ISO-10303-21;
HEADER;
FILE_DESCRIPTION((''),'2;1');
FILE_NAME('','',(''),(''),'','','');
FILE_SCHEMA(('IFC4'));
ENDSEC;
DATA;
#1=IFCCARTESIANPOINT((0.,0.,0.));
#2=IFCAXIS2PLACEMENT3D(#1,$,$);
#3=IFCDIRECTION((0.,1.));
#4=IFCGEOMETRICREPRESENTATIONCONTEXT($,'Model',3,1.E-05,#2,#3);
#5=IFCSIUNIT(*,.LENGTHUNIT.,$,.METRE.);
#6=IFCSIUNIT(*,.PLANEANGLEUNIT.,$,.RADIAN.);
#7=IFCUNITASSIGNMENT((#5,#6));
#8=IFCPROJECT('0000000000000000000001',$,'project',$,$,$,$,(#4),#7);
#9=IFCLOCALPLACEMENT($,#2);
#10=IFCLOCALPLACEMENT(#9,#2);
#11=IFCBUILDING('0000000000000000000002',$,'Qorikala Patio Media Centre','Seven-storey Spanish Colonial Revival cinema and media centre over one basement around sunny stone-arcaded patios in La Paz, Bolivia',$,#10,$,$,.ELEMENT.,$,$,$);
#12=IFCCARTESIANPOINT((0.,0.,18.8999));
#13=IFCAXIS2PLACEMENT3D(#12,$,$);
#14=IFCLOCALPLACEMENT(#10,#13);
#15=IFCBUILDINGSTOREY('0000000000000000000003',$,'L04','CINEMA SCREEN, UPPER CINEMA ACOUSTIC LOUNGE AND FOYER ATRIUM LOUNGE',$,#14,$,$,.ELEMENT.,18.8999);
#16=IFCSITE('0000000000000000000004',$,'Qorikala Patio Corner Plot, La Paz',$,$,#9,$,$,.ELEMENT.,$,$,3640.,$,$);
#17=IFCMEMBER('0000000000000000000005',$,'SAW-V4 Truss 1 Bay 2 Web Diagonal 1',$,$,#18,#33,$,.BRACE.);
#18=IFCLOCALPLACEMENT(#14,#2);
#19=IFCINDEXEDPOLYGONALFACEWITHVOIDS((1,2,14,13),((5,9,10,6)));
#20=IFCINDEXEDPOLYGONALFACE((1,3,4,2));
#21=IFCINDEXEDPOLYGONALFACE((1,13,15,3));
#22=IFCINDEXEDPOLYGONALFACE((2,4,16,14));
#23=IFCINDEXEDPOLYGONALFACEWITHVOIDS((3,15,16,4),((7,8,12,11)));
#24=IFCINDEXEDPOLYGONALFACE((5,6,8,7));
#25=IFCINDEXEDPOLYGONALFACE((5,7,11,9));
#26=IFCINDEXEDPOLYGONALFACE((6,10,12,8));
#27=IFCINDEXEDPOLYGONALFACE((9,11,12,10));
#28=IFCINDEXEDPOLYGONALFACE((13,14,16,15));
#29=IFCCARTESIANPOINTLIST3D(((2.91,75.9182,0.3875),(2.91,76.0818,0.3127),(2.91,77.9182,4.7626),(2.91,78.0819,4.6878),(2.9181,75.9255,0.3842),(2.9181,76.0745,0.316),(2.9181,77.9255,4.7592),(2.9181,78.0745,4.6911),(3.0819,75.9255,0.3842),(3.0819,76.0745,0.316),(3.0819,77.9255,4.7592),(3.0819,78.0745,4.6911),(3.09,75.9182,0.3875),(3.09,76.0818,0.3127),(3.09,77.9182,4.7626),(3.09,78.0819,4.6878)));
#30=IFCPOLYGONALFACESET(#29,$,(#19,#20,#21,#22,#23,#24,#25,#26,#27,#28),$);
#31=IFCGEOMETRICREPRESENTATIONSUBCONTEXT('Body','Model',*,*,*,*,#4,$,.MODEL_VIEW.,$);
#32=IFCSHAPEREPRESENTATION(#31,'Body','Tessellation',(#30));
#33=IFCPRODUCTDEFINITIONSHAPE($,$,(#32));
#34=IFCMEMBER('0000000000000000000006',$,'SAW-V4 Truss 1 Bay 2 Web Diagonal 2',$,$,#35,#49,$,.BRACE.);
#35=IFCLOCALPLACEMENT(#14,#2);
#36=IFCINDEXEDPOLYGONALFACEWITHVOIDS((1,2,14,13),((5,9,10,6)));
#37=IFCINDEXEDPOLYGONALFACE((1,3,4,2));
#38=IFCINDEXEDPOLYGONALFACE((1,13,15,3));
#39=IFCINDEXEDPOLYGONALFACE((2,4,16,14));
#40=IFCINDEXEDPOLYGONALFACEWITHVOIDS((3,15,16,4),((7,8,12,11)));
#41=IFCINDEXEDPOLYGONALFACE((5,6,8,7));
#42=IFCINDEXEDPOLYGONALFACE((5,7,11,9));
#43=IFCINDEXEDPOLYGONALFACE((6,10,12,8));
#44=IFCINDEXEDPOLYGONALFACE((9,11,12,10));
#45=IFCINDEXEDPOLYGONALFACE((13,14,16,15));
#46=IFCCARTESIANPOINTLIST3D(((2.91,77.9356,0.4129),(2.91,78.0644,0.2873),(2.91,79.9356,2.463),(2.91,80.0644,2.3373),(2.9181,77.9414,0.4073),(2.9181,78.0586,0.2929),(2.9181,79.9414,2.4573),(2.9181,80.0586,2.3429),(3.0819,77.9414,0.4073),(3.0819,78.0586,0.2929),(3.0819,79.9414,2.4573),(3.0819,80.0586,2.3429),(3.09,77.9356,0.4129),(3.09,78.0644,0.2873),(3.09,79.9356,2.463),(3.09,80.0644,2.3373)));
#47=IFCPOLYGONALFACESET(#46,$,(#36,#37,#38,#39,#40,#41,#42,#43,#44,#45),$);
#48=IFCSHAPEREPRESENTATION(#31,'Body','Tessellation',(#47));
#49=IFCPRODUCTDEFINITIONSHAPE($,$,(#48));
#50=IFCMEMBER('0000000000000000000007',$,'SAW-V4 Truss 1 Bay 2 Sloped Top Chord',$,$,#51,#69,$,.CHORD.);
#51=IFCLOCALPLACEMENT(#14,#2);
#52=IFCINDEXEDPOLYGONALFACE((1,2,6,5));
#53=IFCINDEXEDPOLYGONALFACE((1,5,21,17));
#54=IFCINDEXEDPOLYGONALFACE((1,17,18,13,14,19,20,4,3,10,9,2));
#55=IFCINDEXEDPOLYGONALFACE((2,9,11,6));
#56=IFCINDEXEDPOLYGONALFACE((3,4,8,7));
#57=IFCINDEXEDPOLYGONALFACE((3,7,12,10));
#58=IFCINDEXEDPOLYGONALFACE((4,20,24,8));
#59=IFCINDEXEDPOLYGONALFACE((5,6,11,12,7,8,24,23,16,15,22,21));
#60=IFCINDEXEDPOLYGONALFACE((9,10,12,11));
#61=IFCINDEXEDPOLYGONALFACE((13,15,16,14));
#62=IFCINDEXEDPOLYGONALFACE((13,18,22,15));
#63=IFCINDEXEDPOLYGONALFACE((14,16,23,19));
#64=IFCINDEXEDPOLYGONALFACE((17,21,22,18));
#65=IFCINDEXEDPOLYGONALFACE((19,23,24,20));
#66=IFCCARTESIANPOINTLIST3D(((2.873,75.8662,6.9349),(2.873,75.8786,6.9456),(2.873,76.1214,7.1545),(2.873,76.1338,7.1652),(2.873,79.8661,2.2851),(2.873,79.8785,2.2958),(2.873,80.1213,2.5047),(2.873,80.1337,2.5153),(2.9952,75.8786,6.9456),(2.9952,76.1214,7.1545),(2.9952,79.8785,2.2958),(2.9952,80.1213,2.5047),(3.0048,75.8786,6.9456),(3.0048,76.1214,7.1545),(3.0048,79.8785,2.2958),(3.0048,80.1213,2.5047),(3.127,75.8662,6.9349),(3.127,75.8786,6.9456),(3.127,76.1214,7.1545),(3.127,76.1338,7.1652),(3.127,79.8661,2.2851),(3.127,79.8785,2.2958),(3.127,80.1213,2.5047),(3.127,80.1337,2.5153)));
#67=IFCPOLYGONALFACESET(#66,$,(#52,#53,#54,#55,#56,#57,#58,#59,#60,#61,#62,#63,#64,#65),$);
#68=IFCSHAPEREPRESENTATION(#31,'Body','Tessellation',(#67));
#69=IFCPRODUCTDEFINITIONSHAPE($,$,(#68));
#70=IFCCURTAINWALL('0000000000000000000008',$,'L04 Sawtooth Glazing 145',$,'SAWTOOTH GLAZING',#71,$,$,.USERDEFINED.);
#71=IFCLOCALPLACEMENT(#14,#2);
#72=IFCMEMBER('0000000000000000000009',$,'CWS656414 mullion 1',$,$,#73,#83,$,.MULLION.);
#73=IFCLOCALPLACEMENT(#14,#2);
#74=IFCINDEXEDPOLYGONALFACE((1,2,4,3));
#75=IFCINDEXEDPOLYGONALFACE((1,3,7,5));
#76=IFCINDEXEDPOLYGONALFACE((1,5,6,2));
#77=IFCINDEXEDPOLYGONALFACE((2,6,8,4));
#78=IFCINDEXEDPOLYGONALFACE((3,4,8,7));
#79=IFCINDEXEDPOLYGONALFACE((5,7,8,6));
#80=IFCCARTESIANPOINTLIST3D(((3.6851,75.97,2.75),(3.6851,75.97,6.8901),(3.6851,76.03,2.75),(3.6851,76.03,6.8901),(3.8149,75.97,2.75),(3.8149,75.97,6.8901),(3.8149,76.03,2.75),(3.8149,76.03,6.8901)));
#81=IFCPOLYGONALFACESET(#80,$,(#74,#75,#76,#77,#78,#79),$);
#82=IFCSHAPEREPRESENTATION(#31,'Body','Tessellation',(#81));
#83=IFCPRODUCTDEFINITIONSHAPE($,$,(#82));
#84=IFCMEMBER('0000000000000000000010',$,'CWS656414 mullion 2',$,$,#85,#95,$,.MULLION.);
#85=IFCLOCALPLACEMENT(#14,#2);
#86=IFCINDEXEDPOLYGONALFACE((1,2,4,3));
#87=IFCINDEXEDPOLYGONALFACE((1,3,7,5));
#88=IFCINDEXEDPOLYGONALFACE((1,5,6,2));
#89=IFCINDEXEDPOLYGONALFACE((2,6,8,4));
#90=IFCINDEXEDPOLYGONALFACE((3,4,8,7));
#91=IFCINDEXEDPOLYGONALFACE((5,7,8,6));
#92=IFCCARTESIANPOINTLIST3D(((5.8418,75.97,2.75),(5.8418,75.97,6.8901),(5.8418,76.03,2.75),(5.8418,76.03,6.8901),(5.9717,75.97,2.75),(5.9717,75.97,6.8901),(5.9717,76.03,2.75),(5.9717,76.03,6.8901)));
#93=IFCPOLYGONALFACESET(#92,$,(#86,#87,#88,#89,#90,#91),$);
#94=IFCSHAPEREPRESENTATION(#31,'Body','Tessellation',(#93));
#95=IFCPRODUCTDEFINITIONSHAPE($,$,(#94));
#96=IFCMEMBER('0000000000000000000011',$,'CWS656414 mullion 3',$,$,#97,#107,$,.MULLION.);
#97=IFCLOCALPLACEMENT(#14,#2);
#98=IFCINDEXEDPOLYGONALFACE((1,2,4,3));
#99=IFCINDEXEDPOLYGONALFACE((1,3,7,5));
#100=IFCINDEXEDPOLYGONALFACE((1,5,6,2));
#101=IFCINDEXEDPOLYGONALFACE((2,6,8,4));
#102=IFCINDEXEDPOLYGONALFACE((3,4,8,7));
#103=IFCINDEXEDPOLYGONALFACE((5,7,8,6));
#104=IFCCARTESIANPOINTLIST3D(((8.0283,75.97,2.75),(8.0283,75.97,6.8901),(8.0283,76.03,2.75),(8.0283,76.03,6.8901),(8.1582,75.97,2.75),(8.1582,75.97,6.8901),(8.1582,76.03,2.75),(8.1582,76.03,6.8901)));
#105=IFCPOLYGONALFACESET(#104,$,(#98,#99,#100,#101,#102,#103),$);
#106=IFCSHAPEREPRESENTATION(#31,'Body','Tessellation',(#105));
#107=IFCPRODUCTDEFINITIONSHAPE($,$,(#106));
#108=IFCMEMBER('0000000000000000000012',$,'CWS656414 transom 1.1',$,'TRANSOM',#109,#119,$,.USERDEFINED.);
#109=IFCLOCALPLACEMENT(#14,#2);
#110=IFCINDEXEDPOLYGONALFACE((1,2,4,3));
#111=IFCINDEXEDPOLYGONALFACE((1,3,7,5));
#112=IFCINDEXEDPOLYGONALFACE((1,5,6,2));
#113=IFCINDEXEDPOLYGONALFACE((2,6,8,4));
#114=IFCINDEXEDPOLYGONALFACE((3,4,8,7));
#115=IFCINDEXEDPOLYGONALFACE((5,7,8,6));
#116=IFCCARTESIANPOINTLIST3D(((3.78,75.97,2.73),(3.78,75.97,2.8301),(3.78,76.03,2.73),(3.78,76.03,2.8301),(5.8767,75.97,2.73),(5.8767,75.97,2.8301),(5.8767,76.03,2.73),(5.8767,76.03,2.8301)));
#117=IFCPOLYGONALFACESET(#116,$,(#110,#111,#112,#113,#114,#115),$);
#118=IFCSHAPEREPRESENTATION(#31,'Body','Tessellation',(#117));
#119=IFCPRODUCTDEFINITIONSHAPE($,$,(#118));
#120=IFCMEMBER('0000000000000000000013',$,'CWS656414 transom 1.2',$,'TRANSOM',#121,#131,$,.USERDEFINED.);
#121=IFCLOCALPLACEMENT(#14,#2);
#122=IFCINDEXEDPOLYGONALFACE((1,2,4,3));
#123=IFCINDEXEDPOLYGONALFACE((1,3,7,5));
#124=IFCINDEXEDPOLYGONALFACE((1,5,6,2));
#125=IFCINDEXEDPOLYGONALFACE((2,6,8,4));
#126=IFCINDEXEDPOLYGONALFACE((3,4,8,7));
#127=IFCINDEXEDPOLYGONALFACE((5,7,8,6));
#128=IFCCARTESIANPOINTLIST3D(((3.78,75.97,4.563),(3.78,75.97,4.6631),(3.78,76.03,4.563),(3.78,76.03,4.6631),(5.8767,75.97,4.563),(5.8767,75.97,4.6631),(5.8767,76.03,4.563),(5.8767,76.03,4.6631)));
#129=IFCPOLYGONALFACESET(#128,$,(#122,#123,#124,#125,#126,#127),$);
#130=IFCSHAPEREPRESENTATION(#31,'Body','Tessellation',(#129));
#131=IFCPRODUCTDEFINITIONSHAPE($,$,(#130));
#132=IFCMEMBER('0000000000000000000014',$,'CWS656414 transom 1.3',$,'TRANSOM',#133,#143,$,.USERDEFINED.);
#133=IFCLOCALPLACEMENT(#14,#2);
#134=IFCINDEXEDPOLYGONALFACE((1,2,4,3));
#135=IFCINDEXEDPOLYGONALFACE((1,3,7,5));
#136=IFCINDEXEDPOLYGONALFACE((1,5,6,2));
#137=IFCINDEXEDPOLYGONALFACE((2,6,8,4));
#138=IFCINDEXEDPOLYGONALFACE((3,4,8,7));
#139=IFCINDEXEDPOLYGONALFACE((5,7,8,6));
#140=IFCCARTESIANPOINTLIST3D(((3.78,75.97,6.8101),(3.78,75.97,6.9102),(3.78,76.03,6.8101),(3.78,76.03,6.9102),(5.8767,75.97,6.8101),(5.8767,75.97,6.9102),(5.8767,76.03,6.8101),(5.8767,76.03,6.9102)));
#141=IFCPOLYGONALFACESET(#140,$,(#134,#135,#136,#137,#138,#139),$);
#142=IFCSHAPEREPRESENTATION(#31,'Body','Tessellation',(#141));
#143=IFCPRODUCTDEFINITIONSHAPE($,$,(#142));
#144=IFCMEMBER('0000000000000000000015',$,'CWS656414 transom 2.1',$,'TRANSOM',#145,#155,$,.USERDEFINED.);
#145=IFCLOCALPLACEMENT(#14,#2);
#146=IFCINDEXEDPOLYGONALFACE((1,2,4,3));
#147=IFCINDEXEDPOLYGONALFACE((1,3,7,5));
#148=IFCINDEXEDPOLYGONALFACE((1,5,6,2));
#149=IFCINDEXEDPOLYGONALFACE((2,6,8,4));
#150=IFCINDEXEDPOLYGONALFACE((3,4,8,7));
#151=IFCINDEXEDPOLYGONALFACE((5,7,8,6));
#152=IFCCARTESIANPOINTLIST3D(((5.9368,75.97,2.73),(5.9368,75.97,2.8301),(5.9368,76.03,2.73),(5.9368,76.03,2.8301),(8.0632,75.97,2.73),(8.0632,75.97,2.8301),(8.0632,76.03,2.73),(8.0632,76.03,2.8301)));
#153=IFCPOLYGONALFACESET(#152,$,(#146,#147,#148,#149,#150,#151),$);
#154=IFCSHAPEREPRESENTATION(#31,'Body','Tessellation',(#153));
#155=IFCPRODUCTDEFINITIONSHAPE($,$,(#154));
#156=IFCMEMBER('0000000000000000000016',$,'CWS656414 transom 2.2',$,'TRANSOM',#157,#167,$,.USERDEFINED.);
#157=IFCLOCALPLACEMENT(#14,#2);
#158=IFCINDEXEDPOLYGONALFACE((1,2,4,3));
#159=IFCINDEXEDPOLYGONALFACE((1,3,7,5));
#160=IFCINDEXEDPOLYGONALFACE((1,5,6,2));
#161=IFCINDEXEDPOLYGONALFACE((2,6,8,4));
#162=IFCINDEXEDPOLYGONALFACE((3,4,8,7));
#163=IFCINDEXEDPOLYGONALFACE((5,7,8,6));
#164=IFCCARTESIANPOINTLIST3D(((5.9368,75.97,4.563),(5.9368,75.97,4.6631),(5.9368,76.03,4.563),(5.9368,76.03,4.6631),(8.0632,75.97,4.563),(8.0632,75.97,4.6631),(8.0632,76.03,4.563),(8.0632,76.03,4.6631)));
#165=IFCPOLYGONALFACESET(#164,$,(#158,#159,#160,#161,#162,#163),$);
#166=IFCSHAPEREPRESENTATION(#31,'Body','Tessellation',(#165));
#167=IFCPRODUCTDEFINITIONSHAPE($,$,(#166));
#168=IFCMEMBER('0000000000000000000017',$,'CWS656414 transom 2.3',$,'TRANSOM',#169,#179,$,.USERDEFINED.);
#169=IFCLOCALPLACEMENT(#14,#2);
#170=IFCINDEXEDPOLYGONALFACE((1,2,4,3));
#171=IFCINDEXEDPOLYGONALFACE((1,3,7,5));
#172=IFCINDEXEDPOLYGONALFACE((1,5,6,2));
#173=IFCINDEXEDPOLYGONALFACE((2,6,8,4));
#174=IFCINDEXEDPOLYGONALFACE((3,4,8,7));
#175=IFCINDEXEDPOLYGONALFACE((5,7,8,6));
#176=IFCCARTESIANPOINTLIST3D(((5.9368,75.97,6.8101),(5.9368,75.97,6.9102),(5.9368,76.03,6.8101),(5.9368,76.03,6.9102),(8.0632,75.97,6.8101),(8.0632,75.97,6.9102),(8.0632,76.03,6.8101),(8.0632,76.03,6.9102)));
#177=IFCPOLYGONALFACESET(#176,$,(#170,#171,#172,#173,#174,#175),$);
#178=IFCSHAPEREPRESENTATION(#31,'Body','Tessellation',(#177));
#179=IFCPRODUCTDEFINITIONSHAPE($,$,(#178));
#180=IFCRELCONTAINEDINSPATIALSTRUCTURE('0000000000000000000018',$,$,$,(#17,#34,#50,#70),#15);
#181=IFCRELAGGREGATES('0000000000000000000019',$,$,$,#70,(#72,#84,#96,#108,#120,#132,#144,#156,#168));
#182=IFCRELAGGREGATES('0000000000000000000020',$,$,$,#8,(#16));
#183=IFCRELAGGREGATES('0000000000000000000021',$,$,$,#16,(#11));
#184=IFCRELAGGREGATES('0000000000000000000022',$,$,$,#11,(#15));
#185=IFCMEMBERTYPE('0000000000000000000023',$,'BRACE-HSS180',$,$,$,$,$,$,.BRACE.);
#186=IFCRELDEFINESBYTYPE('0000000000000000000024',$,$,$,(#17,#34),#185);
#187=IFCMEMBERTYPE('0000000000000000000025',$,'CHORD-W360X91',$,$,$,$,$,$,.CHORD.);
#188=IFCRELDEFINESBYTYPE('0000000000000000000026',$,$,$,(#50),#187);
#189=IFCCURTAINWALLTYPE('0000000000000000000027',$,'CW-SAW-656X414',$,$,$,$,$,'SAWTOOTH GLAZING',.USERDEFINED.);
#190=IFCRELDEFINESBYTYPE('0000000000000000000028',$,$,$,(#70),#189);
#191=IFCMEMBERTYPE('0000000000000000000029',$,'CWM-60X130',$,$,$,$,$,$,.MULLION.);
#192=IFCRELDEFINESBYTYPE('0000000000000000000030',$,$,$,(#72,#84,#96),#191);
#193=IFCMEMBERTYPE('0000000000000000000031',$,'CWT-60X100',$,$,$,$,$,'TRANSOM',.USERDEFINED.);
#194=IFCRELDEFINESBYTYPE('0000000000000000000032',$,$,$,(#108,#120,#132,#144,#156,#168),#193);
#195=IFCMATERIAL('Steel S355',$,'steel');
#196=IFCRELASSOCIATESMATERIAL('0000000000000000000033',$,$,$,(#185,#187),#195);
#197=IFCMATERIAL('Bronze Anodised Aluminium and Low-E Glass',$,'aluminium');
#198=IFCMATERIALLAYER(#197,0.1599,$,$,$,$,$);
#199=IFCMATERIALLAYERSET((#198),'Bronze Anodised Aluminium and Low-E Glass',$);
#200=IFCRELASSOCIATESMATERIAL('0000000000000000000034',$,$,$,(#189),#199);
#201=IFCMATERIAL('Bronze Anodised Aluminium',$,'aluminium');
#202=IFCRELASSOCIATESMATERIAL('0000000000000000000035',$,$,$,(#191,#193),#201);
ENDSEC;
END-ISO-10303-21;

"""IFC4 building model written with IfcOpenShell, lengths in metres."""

from ifc_helpers import new_model, si_unit, direction, frame, origin, origin_2d, place, context, subcontext, project, spatial, rectangle, hollow_rectangle, i_section, extrude, material, layer, layer_set, material_profile, profile_set, type_object, element, aggregate, save


model = new_model("IFC4")

# Units and contexts
model_context = context("Model", 3, precision=1e-05, world=origin(), true_north=direction((0.0, 1.0)))
body_context = subcontext(model_context, "Body", "Model", "MODEL_VIEW")
ifc_project = project(units=[si_unit("LENGTHUNIT", "METRE"), si_unit("PLANEANGLEUNIT", "RADIAN")], contexts=[model_context])

# Site, building, storey
site_placement = place(None, origin())
site = spatial("IfcSite", under=ifc_project, at=site_placement, Name="Qorikala Patio Corner Plot, La Paz", CompositionType="ELEMENT", RefElevation=3640.0)
building_placement = place(site_placement, origin())
building = spatial("IfcBuilding", under=site, at=building_placement, Name="Qorikala Patio Media Centre", Description="Seven-storey Spanish Colonial Revival cinema and media centre over one basement around sunny stone-arcaded patios in La Paz, Bolivia", CompositionType="ELEMENT")
storey_placement = place(building_placement, frame((0.0, 0.0, 18.8999)))
storey = spatial("IfcBuildingStorey", under=building, at=storey_placement, Name="L04", Description="CINEMA SCREEN, UPPER CINEMA ACOUSTIC LOUNGE AND FOYER ATRIUM LOUNGE", CompositionType="ELEMENT", Elevation=18.8999)

# Members
ifc_material_1 = material(Name="Steel S355", Category="steel")
ifc_material_profile_1 = material_profile(ifc_material_1, hollow_rectangle(XDim=0.1799, YDim=0.1799, WallThickness=0.0081, at=origin_2d()), Name="HSS180X180X8")
ifc_profile_set_1 = profile_set([ifc_material_profile_1], Name="Steel S355")
member_type_1 = type_object("IfcMemberType", Name="BRACE-HSS180", PredefinedType="BRACE", material=ifc_profile_set_1)
member_1_placement = place(storey_placement, frame((3.0, 76.0, 0.3501), z_axis=(0.0, 0.41576, 0.909474), x_axis=(-1.0, 0.0, 0.0)))
element("IfcMember", 1, at=member_1_placement, inside=storey, type_object=member_type_1, Name="SAW-V4 Truss 1 Bay 2 Web Diagonal 1", PredefinedType="BRACE", context=body_context, shape_type="SweptSolid", body=[
    extrude(hollow_rectangle(XDim=0.1799, YDim=0.1799, WallThickness=0.0081, at=origin_2d()), origin(), (0.0, 0.0, 1.0), 4.8105),
])
member_2_placement = place(storey_placement, frame((3.0, 78.0, 0.3501), z_axis=(0.0, 0.698315, 0.71579), x_axis=(-1.0, 0.0, 0.0)))
element("IfcMember", 2, at=member_2_placement, inside=storey, type_object=member_type_1, Name="SAW-V4 Truss 1 Bay 2 Web Diagonal 2", PredefinedType="BRACE", context=body_context, shape_type="SweptSolid", body=[
    extrude(hollow_rectangle(XDim=0.1799, YDim=0.1799, WallThickness=0.0081, at=origin_2d()), origin(), (0.0, 0.0, 1.0), 2.864),
])
ifc_material_profile_2 = material_profile(ifc_material_1, i_section(OverallWidth=0.2539, OverallDepth=0.353, WebThickness=0.0095, FlangeThickness=0.0164, at=origin_2d()), Name="W360X91")
ifc_profile_set_2 = profile_set([ifc_material_profile_2], Name="Steel S355")
member_type_2 = type_object("IfcMemberType", Name="CHORD-W360X91", PredefinedType="CHORD", material=ifc_profile_set_2)
member_3_placement = place(storey_placement, frame((3.0, 76.0, 7.05), z_axis=(0.0, 0.652141, -0.758098), x_axis=(-1.0, 0.0, 0.0)))
element("IfcMember", 3, at=member_3_placement, inside=storey, type_object=member_type_2, Name="SAW-V4 Truss 1 Bay 2 Sloped Top Chord", PredefinedType="CHORD", context=body_context, shape_type="SweptSolid", body=[
    extrude(i_section(OverallWidth=0.2539, OverallDepth=0.353, WebThickness=0.0095, FlangeThickness=0.0164, at=origin_2d()), origin(), (0.0, 0.0, 1.0), 6.1335),
])

# Curtain wall, members
ifc_material_2 = material(Name="Bronze Anodised Aluminium and Low-E Glass", Category="aluminium")
ifc_layer_1 = layer(ifc_material_2, 0.1599)
ifc_layer_set_1 = layer_set([ifc_layer_1], Name="Bronze Anodised Aluminium and Low-E Glass")
curtain_wall_type = type_object("IfcCurtainWallType", Name="CW-SAW-656X414", ElementType="SAWTOOTH GLAZING", PredefinedType="USERDEFINED", material=ifc_layer_set_1)
curtain_wall_placement = place(storey_placement, origin())
curtain_wall = element("IfcCurtainWall", 4, at=curtain_wall_placement, inside=storey, type_object=curtain_wall_type, Name="L04 Sawtooth Glazing 145", ObjectType="SAWTOOTH GLAZING", PredefinedType="USERDEFINED")
ifc_material_3 = material(Name="Bronze Anodised Aluminium", Category="aluminium")
ifc_material_profile_3 = material_profile(ifc_material_3, rectangle(XDim=0.0601, YDim=0.1299, at=origin_2d()), Name="ALU MULLION 60x130")
ifc_profile_set_3 = profile_set([ifc_material_profile_3], Name="Bronze Anodised Aluminium")
member_type_3 = type_object("IfcMemberType", Name="CWM-60X130", PredefinedType="MULLION", material=ifc_profile_set_3)
member_4_placement = place(storey_placement, frame((3.75, 76.0, 2.75), z_axis=(0.0, 0.0, 1.0), x_axis=(0.0, 1.0, 0.0)))
member_4 = element("IfcMember", 5, at=member_4_placement, type_object=member_type_3, Name="CWS656414 mullion 1", PredefinedType="MULLION", context=body_context, shape_type="SweptSolid", body=[
    extrude(rectangle(XDim=0.0601, YDim=0.1299, at=origin_2d()), origin(), (0.0, 0.0, 1.0), 4.1401),
])
member_5_placement = place(storey_placement, frame((5.9067, 76.0, 2.75), z_axis=(0.0, 0.0, 1.0), x_axis=(0.0, 1.0, 0.0)))
member_5 = element("IfcMember", 6, at=member_5_placement, type_object=member_type_3, Name="CWS656414 mullion 2", PredefinedType="MULLION", context=body_context, shape_type="SweptSolid", body=[
    extrude(rectangle(XDim=0.0601, YDim=0.1299, at=origin_2d()), origin(), (0.0, 0.0, 1.0), 4.1401),
])
member_6_placement = place(storey_placement, frame((8.0933, 76.0, 2.75), z_axis=(0.0, 0.0, 1.0), x_axis=(0.0, 1.0, 0.0)))
member_6 = element("IfcMember", 7, at=member_6_placement, type_object=member_type_3, Name="CWS656414 mullion 3", PredefinedType="MULLION", context=body_context, shape_type="SweptSolid", body=[
    extrude(rectangle(XDim=0.0601, YDim=0.1299, at=origin_2d()), origin(), (0.0, 0.0, 1.0), 4.1401),
])
ifc_material_profile_4 = material_profile(ifc_material_3, rectangle(XDim=0.0601, YDim=0.1001, at=origin_2d()), Name="ALU TRANSOM 60x100")
ifc_profile_set_4 = profile_set([ifc_material_profile_4], Name="Bronze Anodised Aluminium")
member_type_4 = type_object("IfcMemberType", Name="CWT-60X100", ElementType="TRANSOM", PredefinedType="USERDEFINED", material=ifc_profile_set_4)
member_7_placement = place(storey_placement, frame((3.78, 76.0, 2.78), z_axis=(1.0, 0.0, 0.0), x_axis=(0.0, 1.0, 0.0)))
member_7 = element("IfcMember", 8, at=member_7_placement, type_object=member_type_4, Name="CWS656414 transom 1.1", ObjectType="TRANSOM", PredefinedType="USERDEFINED", context=body_context, shape_type="SweptSolid", body=[
    extrude(rectangle(XDim=0.0601, YDim=0.1001, at=origin_2d()), origin(), (0.0, 0.0, 1.0), 2.0967),
])
member_8_placement = place(storey_placement, frame((3.78, 76.0, 4.613), z_axis=(1.0, 0.0, 0.0), x_axis=(0.0, 1.0, 0.0)))
member_8 = element("IfcMember", 9, at=member_8_placement, type_object=member_type_4, Name="CWS656414 transom 1.2", ObjectType="TRANSOM", PredefinedType="USERDEFINED", context=body_context, shape_type="SweptSolid", body=[
    extrude(rectangle(XDim=0.0601, YDim=0.1001, at=origin_2d()), origin(), (0.0, 0.0, 1.0), 2.0967),
])
member_9_placement = place(storey_placement, frame((3.78, 76.0, 6.8601), z_axis=(1.0, 0.0, 0.0), x_axis=(0.0, 1.0, 0.0)))
member_9 = element("IfcMember", 10, at=member_9_placement, type_object=member_type_4, Name="CWS656414 transom 1.3", ObjectType="TRANSOM", PredefinedType="USERDEFINED", context=body_context, shape_type="SweptSolid", body=[
    extrude(rectangle(XDim=0.0601, YDim=0.1001, at=origin_2d()), origin(), (0.0, 0.0, 1.0), 2.0967),
])
member_10_placement = place(storey_placement, frame((5.9368, 76.0, 2.78), z_axis=(1.0, 0.0, 0.0), x_axis=(0.0, 1.0, 0.0)))
member_10 = element("IfcMember", 11, at=member_10_placement, type_object=member_type_4, Name="CWS656414 transom 2.1", ObjectType="TRANSOM", PredefinedType="USERDEFINED", context=body_context, shape_type="SweptSolid", body=[
    extrude(rectangle(XDim=0.0601, YDim=0.1001, at=origin_2d()), origin(), (0.0, 0.0, 1.0), 2.1265),
])
member_11_placement = place(storey_placement, frame((5.9368, 76.0, 4.613), z_axis=(1.0, 0.0, 0.0), x_axis=(0.0, 1.0, 0.0)))
member_11 = element("IfcMember", 12, at=member_11_placement, type_object=member_type_4, Name="CWS656414 transom 2.2", ObjectType="TRANSOM", PredefinedType="USERDEFINED", context=body_context, shape_type="SweptSolid", body=[
    extrude(rectangle(XDim=0.0601, YDim=0.1001, at=origin_2d()), origin(), (0.0, 0.0, 1.0), 2.1265),
])
member_12_placement = place(storey_placement, frame((5.9368, 76.0, 6.8601), z_axis=(1.0, 0.0, 0.0), x_axis=(0.0, 1.0, 0.0)))
member_12 = element("IfcMember", 13, at=member_12_placement, type_object=member_type_4, Name="CWS656414 transom 2.3", ObjectType="TRANSOM", PredefinedType="USERDEFINED", context=body_context, shape_type="SweptSolid", body=[
    extrude(rectangle(XDim=0.0601, YDim=0.1001, at=origin_2d()), origin(), (0.0, 0.0, 1.0), 2.1265),
])

aggregate(curtain_wall, [member_4, member_5, member_6, member_7, member_8, member_9, member_10, member_11, member_12])

save(model, "model.ifc")
